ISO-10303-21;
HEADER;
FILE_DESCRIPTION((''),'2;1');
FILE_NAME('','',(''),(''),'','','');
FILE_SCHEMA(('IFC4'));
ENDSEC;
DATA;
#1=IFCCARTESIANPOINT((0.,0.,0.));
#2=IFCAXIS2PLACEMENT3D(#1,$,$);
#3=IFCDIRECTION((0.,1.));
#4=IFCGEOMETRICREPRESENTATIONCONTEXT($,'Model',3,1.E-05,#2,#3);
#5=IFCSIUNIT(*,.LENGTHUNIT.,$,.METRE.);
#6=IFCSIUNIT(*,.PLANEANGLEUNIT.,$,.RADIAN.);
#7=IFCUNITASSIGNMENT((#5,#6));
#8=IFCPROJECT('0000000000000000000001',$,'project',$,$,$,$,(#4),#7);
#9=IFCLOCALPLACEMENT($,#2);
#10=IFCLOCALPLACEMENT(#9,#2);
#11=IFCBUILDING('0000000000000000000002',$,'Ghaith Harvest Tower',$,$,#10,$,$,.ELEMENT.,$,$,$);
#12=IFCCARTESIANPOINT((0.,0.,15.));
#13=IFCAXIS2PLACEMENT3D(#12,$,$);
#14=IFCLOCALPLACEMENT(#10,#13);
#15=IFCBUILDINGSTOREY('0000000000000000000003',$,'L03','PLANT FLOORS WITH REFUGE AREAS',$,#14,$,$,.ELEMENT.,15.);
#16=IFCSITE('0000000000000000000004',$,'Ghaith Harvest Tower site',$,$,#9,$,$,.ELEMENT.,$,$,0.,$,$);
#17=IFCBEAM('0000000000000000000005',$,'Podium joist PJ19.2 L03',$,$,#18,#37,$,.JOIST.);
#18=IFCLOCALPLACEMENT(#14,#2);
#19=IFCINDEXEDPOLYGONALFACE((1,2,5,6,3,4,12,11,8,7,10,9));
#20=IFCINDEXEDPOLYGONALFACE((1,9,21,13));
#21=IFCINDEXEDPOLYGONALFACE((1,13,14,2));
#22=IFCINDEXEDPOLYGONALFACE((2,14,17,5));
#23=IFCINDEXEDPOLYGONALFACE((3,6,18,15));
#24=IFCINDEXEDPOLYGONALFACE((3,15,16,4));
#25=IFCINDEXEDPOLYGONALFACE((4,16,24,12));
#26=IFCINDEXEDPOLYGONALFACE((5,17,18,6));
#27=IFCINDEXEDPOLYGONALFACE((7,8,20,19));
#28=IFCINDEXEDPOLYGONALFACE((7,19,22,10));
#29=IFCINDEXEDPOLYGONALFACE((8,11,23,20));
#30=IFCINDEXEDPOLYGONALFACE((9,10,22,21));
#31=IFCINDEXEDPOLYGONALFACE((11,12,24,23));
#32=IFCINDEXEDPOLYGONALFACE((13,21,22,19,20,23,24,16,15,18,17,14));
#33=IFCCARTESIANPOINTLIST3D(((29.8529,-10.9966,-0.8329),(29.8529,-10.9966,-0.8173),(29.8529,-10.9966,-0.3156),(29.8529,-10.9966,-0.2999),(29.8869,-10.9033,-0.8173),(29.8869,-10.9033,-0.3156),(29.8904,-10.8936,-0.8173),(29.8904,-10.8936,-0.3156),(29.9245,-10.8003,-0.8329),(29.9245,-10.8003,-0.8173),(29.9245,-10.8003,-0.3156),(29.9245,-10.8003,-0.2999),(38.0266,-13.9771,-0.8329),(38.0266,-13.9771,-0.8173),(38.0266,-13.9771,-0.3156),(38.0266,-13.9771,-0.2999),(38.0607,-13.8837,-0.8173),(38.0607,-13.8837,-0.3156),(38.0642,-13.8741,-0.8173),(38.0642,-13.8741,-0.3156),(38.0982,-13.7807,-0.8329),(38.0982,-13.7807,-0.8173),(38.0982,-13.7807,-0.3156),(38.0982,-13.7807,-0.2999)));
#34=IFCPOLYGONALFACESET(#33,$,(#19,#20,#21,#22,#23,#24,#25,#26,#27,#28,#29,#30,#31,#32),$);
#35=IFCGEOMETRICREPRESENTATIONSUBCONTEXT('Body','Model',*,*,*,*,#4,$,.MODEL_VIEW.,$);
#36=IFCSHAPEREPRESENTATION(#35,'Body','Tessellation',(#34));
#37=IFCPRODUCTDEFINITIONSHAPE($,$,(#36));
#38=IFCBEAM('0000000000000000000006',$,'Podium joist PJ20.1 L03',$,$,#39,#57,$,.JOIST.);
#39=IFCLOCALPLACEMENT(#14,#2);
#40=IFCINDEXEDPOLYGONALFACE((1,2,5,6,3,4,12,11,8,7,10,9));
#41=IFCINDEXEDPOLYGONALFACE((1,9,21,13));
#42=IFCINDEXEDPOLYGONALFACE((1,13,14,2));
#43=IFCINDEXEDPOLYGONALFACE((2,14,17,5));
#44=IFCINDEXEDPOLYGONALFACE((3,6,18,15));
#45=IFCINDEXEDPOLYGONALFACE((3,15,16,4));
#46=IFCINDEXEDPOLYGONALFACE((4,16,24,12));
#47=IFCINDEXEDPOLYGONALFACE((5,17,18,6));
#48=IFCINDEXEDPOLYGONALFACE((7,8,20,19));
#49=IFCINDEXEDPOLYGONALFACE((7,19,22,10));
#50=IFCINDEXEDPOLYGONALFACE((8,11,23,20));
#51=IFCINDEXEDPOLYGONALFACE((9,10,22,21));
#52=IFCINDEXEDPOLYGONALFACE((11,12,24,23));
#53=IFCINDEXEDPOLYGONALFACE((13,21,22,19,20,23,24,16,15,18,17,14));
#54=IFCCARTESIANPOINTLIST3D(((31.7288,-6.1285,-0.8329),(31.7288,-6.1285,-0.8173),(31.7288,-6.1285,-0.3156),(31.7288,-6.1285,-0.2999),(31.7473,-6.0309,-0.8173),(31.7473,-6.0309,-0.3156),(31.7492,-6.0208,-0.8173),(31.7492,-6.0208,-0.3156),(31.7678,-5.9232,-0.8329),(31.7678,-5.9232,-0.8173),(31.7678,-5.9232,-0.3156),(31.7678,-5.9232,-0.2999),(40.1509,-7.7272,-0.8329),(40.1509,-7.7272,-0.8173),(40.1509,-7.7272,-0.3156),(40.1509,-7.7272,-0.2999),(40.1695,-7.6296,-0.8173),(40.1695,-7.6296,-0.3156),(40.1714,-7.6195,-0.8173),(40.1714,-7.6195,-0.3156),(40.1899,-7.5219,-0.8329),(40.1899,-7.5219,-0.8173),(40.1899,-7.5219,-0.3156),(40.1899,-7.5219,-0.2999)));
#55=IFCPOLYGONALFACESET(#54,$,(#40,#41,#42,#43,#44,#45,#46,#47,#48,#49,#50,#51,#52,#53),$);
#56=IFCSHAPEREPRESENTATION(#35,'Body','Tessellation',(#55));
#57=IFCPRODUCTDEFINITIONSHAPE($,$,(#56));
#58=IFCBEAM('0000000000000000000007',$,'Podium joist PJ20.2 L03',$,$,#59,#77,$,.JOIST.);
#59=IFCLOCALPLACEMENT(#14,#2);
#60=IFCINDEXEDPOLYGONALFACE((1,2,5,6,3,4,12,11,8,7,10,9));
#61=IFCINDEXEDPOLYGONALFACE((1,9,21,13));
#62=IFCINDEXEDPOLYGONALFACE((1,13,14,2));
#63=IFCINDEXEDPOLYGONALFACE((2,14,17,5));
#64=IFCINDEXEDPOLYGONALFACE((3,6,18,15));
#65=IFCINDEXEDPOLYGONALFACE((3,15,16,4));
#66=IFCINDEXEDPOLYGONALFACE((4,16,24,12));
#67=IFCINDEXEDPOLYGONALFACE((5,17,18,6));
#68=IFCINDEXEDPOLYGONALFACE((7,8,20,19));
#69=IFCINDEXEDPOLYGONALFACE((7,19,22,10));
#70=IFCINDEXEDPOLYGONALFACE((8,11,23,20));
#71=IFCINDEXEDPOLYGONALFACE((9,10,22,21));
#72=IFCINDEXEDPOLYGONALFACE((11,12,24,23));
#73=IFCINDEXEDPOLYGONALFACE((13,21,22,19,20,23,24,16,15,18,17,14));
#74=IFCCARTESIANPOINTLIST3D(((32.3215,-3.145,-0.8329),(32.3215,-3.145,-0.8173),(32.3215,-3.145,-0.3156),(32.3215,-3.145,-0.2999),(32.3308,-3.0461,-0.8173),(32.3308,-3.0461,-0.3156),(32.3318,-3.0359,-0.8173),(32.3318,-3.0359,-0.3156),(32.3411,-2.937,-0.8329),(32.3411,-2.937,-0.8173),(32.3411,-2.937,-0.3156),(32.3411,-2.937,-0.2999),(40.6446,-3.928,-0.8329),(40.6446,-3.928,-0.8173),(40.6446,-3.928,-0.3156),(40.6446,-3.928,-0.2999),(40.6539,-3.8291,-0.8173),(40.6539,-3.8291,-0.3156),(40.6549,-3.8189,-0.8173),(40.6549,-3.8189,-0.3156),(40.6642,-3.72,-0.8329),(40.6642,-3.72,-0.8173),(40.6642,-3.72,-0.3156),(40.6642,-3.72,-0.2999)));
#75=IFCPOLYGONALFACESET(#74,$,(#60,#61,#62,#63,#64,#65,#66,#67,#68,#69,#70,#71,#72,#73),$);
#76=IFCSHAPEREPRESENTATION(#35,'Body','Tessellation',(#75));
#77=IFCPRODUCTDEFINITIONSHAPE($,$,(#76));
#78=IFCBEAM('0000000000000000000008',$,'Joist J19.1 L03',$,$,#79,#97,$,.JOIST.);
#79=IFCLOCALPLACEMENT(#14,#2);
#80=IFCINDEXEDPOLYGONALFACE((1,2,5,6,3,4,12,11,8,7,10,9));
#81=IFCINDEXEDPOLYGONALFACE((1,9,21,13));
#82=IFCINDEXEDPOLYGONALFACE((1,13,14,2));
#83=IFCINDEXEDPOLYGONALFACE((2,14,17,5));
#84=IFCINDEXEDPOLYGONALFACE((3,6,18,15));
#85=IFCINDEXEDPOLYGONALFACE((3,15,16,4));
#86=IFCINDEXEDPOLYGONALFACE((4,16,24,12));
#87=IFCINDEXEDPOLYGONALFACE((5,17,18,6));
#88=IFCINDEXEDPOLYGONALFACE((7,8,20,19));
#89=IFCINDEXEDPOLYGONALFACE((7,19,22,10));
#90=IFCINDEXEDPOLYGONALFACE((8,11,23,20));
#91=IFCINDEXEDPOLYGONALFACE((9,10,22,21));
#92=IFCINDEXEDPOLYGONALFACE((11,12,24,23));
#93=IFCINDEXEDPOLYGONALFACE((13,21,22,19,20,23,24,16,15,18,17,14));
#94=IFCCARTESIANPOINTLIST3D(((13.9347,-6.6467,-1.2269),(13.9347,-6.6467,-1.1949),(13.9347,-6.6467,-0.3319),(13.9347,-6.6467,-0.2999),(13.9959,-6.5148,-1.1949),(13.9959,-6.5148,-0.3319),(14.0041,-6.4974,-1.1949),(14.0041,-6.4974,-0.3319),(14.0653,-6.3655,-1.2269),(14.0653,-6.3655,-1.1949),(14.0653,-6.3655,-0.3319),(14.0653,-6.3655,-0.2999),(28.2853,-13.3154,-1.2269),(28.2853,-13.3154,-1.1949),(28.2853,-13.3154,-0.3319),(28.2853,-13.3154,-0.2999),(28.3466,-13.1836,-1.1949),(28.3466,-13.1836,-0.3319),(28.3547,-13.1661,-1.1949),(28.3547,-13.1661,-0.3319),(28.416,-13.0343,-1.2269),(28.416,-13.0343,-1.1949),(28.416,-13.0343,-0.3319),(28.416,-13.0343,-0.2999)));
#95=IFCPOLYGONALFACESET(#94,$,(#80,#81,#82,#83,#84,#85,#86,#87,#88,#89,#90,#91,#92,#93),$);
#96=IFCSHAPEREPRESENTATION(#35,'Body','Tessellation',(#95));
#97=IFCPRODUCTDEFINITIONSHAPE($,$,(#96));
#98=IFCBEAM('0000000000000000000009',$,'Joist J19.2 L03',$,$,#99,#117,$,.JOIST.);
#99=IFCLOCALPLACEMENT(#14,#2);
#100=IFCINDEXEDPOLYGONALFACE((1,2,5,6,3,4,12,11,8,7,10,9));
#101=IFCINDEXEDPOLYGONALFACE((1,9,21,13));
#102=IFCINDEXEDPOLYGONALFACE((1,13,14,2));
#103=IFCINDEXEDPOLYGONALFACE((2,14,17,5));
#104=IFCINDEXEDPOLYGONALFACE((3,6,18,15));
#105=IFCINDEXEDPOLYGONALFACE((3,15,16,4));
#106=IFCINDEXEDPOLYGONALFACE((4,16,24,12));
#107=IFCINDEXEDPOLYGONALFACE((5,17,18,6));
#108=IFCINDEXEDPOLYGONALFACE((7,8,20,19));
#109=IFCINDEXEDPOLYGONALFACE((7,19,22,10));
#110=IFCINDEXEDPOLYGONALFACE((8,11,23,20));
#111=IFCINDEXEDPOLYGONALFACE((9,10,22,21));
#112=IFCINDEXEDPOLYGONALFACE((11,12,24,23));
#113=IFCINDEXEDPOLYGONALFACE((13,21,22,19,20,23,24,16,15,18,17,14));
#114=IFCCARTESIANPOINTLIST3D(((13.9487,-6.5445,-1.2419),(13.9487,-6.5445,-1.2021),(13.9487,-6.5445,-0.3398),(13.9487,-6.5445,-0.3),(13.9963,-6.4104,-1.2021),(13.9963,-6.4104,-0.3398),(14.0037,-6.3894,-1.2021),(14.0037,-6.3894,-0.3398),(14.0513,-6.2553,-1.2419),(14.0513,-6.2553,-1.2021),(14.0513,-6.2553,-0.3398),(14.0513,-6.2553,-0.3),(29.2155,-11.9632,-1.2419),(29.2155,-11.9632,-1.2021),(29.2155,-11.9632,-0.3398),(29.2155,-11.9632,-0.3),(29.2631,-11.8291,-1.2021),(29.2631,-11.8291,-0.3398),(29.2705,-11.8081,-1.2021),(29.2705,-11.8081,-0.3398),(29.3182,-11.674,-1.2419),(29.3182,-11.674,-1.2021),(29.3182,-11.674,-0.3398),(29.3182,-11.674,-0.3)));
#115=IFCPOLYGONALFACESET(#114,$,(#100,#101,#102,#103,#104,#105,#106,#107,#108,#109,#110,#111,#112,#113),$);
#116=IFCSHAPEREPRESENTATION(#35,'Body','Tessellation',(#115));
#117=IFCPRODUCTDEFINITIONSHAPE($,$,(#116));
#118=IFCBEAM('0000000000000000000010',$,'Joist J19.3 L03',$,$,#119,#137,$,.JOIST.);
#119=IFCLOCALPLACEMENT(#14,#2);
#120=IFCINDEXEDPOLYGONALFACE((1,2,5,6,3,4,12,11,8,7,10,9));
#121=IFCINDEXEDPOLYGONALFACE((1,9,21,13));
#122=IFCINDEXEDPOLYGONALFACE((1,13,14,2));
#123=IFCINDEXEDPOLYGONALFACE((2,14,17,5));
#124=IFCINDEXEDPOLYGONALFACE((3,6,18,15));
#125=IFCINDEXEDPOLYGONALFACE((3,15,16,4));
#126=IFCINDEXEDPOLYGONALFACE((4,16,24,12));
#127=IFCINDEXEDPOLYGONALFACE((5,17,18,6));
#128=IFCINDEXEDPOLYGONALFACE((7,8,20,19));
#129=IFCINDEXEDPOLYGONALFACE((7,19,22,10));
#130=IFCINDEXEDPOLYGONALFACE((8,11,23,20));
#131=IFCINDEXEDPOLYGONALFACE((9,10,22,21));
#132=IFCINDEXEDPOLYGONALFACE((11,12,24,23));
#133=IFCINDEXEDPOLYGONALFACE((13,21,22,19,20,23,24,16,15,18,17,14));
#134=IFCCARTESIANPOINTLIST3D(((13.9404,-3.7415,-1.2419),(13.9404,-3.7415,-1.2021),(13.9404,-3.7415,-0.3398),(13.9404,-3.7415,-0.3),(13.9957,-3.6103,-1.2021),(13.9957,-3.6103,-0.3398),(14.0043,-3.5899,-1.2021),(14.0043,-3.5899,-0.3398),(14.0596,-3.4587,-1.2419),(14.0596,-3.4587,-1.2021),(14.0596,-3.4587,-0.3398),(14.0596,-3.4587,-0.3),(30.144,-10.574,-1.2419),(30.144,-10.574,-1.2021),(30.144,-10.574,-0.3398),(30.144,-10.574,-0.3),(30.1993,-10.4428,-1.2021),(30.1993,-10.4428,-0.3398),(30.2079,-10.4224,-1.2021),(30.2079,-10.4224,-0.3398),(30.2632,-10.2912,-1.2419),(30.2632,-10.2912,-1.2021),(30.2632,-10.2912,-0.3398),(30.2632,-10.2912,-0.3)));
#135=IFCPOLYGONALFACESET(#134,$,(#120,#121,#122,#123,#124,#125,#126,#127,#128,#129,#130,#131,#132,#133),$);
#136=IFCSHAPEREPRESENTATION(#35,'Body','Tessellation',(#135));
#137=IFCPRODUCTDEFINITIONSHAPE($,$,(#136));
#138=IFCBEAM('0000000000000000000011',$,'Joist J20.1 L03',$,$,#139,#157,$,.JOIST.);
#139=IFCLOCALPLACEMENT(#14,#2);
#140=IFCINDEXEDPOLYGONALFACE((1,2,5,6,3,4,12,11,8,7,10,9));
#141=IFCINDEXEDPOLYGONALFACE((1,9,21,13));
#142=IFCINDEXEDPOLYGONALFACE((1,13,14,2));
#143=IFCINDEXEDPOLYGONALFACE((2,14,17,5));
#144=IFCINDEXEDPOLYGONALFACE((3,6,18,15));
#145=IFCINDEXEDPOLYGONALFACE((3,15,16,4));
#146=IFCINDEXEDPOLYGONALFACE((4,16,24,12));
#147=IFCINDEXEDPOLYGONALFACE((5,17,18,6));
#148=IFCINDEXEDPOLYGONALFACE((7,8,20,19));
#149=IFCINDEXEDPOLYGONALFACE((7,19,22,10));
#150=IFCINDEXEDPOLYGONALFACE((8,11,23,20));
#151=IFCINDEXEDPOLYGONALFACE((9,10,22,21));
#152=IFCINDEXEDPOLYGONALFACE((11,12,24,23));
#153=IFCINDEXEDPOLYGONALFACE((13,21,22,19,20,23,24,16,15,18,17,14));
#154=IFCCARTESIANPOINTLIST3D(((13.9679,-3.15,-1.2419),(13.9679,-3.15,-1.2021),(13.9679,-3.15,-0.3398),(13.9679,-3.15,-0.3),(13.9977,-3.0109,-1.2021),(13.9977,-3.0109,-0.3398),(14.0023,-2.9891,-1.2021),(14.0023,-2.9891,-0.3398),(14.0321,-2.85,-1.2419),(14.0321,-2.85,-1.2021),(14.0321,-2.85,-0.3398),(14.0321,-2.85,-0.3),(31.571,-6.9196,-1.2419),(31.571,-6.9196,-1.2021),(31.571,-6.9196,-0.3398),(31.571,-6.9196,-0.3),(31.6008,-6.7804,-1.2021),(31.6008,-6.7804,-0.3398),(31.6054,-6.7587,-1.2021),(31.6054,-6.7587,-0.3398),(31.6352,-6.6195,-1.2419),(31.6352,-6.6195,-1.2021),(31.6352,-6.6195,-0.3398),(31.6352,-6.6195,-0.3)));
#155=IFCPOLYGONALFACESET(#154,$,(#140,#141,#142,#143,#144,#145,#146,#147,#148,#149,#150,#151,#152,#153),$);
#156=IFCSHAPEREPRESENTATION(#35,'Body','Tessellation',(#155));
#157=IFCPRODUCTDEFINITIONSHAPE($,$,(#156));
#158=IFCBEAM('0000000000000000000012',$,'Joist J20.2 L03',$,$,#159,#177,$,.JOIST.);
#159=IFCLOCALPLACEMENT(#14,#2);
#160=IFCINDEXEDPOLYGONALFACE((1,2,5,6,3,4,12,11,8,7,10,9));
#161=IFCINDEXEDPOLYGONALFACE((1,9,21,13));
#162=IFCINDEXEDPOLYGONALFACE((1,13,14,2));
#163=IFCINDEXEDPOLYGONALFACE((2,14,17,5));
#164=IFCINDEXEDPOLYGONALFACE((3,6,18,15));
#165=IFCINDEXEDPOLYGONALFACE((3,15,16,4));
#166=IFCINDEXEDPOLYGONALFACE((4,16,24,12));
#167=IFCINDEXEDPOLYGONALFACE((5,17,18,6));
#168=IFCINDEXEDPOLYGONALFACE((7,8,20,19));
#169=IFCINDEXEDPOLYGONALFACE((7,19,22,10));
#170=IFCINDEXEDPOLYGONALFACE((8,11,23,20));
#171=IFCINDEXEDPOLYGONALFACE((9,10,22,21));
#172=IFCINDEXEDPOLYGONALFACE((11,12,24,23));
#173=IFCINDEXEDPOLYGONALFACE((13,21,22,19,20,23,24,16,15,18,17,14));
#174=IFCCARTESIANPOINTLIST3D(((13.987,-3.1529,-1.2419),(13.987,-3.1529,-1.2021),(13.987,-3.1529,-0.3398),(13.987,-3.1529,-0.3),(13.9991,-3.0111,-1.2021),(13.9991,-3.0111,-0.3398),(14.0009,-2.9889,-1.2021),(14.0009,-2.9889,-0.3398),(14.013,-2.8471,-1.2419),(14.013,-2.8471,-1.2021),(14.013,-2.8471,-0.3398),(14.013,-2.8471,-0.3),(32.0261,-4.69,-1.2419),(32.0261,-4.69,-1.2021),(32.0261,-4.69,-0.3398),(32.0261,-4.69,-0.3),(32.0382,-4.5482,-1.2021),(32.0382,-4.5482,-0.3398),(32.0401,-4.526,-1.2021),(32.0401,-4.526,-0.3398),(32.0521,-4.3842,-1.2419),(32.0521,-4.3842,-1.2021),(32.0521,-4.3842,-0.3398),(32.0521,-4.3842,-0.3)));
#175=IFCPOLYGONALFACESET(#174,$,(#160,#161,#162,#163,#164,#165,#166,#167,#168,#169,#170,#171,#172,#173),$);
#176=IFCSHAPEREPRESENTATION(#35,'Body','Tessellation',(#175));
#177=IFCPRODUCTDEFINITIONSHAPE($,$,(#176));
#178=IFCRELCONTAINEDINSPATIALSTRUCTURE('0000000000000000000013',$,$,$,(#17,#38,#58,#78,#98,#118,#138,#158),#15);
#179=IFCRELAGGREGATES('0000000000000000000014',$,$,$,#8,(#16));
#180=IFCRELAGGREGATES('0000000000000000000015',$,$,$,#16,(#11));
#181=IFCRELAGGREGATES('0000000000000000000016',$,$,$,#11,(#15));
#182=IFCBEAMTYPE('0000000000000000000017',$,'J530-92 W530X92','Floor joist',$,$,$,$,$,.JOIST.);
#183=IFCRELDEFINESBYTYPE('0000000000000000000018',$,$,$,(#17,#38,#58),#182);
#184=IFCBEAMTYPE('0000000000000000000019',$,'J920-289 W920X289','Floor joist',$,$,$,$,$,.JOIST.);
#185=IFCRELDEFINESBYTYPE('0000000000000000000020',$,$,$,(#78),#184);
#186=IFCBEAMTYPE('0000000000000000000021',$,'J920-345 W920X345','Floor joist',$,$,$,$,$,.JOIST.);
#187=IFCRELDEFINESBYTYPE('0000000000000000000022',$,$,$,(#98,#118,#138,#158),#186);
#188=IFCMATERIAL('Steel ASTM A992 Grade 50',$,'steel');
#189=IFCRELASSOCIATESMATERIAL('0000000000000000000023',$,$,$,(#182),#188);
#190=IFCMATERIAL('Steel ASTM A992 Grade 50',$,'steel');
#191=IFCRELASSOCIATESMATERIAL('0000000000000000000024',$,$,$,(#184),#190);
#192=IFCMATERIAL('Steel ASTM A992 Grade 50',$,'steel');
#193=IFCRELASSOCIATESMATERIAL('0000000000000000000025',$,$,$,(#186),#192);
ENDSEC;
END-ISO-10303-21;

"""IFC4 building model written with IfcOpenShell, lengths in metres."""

from ifc_helpers import new_model, si_unit, direction, frame, origin, origin_2d, place, context, subcontext, project, spatial, i_section, extrude, material, material_profile, profile_set, type_object, element, save


model = new_model("IFC4")

# Units and contexts
model_context = context("Model", 3, precision=1e-05, world=origin(), true_north=direction((0.0, 1.0)))
body_context = subcontext(model_context, "Body", "Model", "MODEL_VIEW")
ifc_project = project(units=[si_unit("LENGTHUNIT", "METRE"), si_unit("PLANEANGLEUNIT", "RADIAN")], contexts=[model_context])

# Site, building, storey
site_placement = place(None, origin())
site = spatial("IfcSite", under=ifc_project, at=site_placement, Name="Ghaith Harvest Tower site", CompositionType="ELEMENT", RefElevation=0.0)
building_placement = place(site_placement, origin())
building = spatial("IfcBuilding", under=site, at=building_placement, Name="Ghaith Harvest Tower", CompositionType="ELEMENT")
storey_placement = place(building_placement, frame((0.0, 0.0, 15.0)))
storey = spatial("IfcBuildingStorey", under=building, at=storey_placement, Name="L03", Description="PLANT FLOORS WITH REFUGE AREAS", CompositionType="ELEMENT", Elevation=15.0)

# Beams
ifc_material_1 = material(Name="Steel ASTM A992 Grade 50", Category="steel")
ifc_material_profile_1 = material_profile(ifc_material_1, i_section(OverallWidth=0.209, OverallDepth=0.533, WebThickness=0.0103, FlangeThickness=0.0156, at=origin_2d()), Name="W530X92")
ifc_profile_set_1 = profile_set([ifc_material_profile_1], Name="Steel ASTM A992 Grade 50")
beam_type_1 = type_object("IfcBeamType", Name="J530-92 W530X92", Description="Floor joist", PredefinedType="JOIST", material=ifc_profile_set_1)
beam_1_placement = place(storey_placement, frame((29.8887, -10.8984, -0.5664), z_axis=(0.939492, -0.342572, 0.0), x_axis=(0.342572, 0.939492, 0.0)))
element("IfcBeam", 1, at=beam_1_placement, inside=storey, type_object=beam_type_1, Name="Podium joist PJ19.2 L03", PredefinedType="JOIST", context=body_context, shape_type="SweptSolid", body=[
    extrude(i_section(OverallWidth=0.209, OverallDepth=0.533, WebThickness=0.0103, FlangeThickness=0.0156, at=origin_2d()), origin(), (0.0, 0.0, 1.0), 8.7002),
])
beam_2_placement = place(storey_placement, frame((31.7483, -6.0259, -0.5664), z_axis=(0.982458, -0.186484, 0.0), x_axis=(0.186484, 0.982458, 0.0)))
element("IfcBeam", 2, at=beam_2_placement, inside=storey, type_object=beam_type_1, Name="Podium joist PJ20.1 L03", PredefinedType="JOIST", context=body_context, shape_type="SweptSolid", body=[
    extrude(i_section(OverallWidth=0.209, OverallDepth=0.533, WebThickness=0.0103, FlangeThickness=0.0156, at=origin_2d()), origin(), (0.0, 0.0, 1.0), 8.5725),
])
beam_3_placement = place(storey_placement, frame((32.3313, -3.041, -0.5664), z_axis=(0.995604, -0.093658, 0.0), x_axis=(0.093658, 0.995604, 0.0)))
element("IfcBeam", 3, at=beam_3_placement, inside=storey, type_object=beam_type_1, Name="Podium joist PJ20.2 L03", PredefinedType="JOIST", context=body_context, shape_type="SweptSolid", body=[
    extrude(i_section(OverallWidth=0.209, OverallDepth=0.533, WebThickness=0.0103, FlangeThickness=0.0156, at=origin_2d()), origin(), (0.0, 0.0, 1.0), 8.3599),
])
ifc_material_2 = material(Name="Steel ASTM A992 Grade 50", Category="steel")
ifc_material_profile_2 = material_profile(ifc_material_2, i_section(OverallWidth=0.3101, OverallDepth=0.927, WebThickness=0.0193, FlangeThickness=0.032, at=origin_2d()), Name="W920X289")
ifc_profile_set_2 = profile_set([ifc_material_profile_2], Name="Steel ASTM A992 Grade 50")
beam_type_2 = type_object("IfcBeamType", Name="J920-289 W920X289", Description="Floor joist", PredefinedType="JOIST", material=ifc_profile_set_2)
beam_4_placement = place(storey_placement, frame((14.0, -6.5061, -0.7634), z_axis=(0.906866, -0.42142, 0.0), x_axis=(0.42142, 0.906866, 0.0)))
element("IfcBeam", 4, at=beam_4_placement, inside=storey, type_object=beam_type_2, Name="Joist J19.1 L03", PredefinedType="JOIST", context=body_context, shape_type="SweptSolid", body=[
    extrude(i_section(OverallWidth=0.3101, OverallDepth=0.927, WebThickness=0.0193, FlangeThickness=0.032, at=origin_2d()), origin(), (0.0, 0.0, 1.0), 15.8245),
])
ifc_material_3 = material(Name="Steel ASTM A992 Grade 50", Category="steel")
ifc_material_profile_3 = material_profile(ifc_material_3, i_section(OverallWidth=0.3069, OverallDepth=0.9419, WebThickness=0.0222, FlangeThickness=0.0398, at=origin_2d()), Name="W920X345")
ifc_profile_set_3 = profile_set([ifc_material_profile_3], Name="Steel ASTM A992 Grade 50")
beam_type_3 = type_object("IfcBeamType", Name="J920-345 W920X345", Description="Floor joist", PredefinedType="JOIST", material=ifc_profile_set_3)
beam_5_placement = place(storey_placement, frame((14.0, -6.3999, -0.771), z_axis=(0.9424, -0.334488, 0.0), x_axis=(0.334488, 0.9424, 0.0)))
element("IfcBeam", 5, at=beam_5_placement, inside=storey, type_object=beam_type_3, Name="Joist J19.2 L03", PredefinedType="JOIST", context=body_context, shape_type="SweptSolid", body=[
    extrude(i_section(OverallWidth=0.3069, OverallDepth=0.9419, WebThickness=0.0222, FlangeThickness=0.0398, at=origin_2d()), origin(), (0.0, 0.0, 1.0), 16.2),
])
beam_6_placement = place(storey_placement, frame((14.0, -3.6001, -0.771), z_axis=(0.921433, -0.388537, 0.0), x_axis=(0.388537, 0.921433, 0.0)))
element("IfcBeam", 6, at=beam_6_placement, inside=storey, type_object=beam_type_3, Name="Joist J19.3 L03", PredefinedType="JOIST", context=body_context, shape_type="SweptSolid", body=[
    extrude(i_section(OverallWidth=0.3069, OverallDepth=0.9419, WebThickness=0.0222, FlangeThickness=0.0398, at=origin_2d()), origin(), (0.0, 0.0, 1.0), 17.5852),
])
beam_7_placement = place(storey_placement, frame((14.0, -3.0, -0.771), z_axis=(0.977831, -0.209394, 0.0), x_axis=(0.209394, 0.977831, 0.0)))
element("IfcBeam", 7, at=beam_7_placement, inside=storey, type_object=beam_type_3, Name="Joist J20.1 L03", PredefinedType="JOIST", context=body_context, shape_type="SweptSolid", body=[
    extrude(i_section(OverallWidth=0.3069, OverallDepth=0.9419, WebThickness=0.0222, FlangeThickness=0.0398, at=origin_2d()), origin(), (0.0, 0.0, 1.0), 18.0022),
])
beam_8_placement = place(storey_placement, frame((14.0, -3.0, -0.771), z_axis=(0.996389, -0.084902, 0.0), x_axis=(0.084902, 0.996389, 0.0)))
element("IfcBeam", 8, at=beam_8_placement, inside=storey, type_object=beam_type_3, Name="Joist J20.2 L03", PredefinedType="JOIST", context=body_context, shape_type="SweptSolid", body=[
    extrude(i_section(OverallWidth=0.3069, OverallDepth=0.9419, WebThickness=0.0222, FlangeThickness=0.0398, at=origin_2d()), origin(), (0.0, 0.0, 1.0), 18.1045),
])

save(model, "model.ifc")
